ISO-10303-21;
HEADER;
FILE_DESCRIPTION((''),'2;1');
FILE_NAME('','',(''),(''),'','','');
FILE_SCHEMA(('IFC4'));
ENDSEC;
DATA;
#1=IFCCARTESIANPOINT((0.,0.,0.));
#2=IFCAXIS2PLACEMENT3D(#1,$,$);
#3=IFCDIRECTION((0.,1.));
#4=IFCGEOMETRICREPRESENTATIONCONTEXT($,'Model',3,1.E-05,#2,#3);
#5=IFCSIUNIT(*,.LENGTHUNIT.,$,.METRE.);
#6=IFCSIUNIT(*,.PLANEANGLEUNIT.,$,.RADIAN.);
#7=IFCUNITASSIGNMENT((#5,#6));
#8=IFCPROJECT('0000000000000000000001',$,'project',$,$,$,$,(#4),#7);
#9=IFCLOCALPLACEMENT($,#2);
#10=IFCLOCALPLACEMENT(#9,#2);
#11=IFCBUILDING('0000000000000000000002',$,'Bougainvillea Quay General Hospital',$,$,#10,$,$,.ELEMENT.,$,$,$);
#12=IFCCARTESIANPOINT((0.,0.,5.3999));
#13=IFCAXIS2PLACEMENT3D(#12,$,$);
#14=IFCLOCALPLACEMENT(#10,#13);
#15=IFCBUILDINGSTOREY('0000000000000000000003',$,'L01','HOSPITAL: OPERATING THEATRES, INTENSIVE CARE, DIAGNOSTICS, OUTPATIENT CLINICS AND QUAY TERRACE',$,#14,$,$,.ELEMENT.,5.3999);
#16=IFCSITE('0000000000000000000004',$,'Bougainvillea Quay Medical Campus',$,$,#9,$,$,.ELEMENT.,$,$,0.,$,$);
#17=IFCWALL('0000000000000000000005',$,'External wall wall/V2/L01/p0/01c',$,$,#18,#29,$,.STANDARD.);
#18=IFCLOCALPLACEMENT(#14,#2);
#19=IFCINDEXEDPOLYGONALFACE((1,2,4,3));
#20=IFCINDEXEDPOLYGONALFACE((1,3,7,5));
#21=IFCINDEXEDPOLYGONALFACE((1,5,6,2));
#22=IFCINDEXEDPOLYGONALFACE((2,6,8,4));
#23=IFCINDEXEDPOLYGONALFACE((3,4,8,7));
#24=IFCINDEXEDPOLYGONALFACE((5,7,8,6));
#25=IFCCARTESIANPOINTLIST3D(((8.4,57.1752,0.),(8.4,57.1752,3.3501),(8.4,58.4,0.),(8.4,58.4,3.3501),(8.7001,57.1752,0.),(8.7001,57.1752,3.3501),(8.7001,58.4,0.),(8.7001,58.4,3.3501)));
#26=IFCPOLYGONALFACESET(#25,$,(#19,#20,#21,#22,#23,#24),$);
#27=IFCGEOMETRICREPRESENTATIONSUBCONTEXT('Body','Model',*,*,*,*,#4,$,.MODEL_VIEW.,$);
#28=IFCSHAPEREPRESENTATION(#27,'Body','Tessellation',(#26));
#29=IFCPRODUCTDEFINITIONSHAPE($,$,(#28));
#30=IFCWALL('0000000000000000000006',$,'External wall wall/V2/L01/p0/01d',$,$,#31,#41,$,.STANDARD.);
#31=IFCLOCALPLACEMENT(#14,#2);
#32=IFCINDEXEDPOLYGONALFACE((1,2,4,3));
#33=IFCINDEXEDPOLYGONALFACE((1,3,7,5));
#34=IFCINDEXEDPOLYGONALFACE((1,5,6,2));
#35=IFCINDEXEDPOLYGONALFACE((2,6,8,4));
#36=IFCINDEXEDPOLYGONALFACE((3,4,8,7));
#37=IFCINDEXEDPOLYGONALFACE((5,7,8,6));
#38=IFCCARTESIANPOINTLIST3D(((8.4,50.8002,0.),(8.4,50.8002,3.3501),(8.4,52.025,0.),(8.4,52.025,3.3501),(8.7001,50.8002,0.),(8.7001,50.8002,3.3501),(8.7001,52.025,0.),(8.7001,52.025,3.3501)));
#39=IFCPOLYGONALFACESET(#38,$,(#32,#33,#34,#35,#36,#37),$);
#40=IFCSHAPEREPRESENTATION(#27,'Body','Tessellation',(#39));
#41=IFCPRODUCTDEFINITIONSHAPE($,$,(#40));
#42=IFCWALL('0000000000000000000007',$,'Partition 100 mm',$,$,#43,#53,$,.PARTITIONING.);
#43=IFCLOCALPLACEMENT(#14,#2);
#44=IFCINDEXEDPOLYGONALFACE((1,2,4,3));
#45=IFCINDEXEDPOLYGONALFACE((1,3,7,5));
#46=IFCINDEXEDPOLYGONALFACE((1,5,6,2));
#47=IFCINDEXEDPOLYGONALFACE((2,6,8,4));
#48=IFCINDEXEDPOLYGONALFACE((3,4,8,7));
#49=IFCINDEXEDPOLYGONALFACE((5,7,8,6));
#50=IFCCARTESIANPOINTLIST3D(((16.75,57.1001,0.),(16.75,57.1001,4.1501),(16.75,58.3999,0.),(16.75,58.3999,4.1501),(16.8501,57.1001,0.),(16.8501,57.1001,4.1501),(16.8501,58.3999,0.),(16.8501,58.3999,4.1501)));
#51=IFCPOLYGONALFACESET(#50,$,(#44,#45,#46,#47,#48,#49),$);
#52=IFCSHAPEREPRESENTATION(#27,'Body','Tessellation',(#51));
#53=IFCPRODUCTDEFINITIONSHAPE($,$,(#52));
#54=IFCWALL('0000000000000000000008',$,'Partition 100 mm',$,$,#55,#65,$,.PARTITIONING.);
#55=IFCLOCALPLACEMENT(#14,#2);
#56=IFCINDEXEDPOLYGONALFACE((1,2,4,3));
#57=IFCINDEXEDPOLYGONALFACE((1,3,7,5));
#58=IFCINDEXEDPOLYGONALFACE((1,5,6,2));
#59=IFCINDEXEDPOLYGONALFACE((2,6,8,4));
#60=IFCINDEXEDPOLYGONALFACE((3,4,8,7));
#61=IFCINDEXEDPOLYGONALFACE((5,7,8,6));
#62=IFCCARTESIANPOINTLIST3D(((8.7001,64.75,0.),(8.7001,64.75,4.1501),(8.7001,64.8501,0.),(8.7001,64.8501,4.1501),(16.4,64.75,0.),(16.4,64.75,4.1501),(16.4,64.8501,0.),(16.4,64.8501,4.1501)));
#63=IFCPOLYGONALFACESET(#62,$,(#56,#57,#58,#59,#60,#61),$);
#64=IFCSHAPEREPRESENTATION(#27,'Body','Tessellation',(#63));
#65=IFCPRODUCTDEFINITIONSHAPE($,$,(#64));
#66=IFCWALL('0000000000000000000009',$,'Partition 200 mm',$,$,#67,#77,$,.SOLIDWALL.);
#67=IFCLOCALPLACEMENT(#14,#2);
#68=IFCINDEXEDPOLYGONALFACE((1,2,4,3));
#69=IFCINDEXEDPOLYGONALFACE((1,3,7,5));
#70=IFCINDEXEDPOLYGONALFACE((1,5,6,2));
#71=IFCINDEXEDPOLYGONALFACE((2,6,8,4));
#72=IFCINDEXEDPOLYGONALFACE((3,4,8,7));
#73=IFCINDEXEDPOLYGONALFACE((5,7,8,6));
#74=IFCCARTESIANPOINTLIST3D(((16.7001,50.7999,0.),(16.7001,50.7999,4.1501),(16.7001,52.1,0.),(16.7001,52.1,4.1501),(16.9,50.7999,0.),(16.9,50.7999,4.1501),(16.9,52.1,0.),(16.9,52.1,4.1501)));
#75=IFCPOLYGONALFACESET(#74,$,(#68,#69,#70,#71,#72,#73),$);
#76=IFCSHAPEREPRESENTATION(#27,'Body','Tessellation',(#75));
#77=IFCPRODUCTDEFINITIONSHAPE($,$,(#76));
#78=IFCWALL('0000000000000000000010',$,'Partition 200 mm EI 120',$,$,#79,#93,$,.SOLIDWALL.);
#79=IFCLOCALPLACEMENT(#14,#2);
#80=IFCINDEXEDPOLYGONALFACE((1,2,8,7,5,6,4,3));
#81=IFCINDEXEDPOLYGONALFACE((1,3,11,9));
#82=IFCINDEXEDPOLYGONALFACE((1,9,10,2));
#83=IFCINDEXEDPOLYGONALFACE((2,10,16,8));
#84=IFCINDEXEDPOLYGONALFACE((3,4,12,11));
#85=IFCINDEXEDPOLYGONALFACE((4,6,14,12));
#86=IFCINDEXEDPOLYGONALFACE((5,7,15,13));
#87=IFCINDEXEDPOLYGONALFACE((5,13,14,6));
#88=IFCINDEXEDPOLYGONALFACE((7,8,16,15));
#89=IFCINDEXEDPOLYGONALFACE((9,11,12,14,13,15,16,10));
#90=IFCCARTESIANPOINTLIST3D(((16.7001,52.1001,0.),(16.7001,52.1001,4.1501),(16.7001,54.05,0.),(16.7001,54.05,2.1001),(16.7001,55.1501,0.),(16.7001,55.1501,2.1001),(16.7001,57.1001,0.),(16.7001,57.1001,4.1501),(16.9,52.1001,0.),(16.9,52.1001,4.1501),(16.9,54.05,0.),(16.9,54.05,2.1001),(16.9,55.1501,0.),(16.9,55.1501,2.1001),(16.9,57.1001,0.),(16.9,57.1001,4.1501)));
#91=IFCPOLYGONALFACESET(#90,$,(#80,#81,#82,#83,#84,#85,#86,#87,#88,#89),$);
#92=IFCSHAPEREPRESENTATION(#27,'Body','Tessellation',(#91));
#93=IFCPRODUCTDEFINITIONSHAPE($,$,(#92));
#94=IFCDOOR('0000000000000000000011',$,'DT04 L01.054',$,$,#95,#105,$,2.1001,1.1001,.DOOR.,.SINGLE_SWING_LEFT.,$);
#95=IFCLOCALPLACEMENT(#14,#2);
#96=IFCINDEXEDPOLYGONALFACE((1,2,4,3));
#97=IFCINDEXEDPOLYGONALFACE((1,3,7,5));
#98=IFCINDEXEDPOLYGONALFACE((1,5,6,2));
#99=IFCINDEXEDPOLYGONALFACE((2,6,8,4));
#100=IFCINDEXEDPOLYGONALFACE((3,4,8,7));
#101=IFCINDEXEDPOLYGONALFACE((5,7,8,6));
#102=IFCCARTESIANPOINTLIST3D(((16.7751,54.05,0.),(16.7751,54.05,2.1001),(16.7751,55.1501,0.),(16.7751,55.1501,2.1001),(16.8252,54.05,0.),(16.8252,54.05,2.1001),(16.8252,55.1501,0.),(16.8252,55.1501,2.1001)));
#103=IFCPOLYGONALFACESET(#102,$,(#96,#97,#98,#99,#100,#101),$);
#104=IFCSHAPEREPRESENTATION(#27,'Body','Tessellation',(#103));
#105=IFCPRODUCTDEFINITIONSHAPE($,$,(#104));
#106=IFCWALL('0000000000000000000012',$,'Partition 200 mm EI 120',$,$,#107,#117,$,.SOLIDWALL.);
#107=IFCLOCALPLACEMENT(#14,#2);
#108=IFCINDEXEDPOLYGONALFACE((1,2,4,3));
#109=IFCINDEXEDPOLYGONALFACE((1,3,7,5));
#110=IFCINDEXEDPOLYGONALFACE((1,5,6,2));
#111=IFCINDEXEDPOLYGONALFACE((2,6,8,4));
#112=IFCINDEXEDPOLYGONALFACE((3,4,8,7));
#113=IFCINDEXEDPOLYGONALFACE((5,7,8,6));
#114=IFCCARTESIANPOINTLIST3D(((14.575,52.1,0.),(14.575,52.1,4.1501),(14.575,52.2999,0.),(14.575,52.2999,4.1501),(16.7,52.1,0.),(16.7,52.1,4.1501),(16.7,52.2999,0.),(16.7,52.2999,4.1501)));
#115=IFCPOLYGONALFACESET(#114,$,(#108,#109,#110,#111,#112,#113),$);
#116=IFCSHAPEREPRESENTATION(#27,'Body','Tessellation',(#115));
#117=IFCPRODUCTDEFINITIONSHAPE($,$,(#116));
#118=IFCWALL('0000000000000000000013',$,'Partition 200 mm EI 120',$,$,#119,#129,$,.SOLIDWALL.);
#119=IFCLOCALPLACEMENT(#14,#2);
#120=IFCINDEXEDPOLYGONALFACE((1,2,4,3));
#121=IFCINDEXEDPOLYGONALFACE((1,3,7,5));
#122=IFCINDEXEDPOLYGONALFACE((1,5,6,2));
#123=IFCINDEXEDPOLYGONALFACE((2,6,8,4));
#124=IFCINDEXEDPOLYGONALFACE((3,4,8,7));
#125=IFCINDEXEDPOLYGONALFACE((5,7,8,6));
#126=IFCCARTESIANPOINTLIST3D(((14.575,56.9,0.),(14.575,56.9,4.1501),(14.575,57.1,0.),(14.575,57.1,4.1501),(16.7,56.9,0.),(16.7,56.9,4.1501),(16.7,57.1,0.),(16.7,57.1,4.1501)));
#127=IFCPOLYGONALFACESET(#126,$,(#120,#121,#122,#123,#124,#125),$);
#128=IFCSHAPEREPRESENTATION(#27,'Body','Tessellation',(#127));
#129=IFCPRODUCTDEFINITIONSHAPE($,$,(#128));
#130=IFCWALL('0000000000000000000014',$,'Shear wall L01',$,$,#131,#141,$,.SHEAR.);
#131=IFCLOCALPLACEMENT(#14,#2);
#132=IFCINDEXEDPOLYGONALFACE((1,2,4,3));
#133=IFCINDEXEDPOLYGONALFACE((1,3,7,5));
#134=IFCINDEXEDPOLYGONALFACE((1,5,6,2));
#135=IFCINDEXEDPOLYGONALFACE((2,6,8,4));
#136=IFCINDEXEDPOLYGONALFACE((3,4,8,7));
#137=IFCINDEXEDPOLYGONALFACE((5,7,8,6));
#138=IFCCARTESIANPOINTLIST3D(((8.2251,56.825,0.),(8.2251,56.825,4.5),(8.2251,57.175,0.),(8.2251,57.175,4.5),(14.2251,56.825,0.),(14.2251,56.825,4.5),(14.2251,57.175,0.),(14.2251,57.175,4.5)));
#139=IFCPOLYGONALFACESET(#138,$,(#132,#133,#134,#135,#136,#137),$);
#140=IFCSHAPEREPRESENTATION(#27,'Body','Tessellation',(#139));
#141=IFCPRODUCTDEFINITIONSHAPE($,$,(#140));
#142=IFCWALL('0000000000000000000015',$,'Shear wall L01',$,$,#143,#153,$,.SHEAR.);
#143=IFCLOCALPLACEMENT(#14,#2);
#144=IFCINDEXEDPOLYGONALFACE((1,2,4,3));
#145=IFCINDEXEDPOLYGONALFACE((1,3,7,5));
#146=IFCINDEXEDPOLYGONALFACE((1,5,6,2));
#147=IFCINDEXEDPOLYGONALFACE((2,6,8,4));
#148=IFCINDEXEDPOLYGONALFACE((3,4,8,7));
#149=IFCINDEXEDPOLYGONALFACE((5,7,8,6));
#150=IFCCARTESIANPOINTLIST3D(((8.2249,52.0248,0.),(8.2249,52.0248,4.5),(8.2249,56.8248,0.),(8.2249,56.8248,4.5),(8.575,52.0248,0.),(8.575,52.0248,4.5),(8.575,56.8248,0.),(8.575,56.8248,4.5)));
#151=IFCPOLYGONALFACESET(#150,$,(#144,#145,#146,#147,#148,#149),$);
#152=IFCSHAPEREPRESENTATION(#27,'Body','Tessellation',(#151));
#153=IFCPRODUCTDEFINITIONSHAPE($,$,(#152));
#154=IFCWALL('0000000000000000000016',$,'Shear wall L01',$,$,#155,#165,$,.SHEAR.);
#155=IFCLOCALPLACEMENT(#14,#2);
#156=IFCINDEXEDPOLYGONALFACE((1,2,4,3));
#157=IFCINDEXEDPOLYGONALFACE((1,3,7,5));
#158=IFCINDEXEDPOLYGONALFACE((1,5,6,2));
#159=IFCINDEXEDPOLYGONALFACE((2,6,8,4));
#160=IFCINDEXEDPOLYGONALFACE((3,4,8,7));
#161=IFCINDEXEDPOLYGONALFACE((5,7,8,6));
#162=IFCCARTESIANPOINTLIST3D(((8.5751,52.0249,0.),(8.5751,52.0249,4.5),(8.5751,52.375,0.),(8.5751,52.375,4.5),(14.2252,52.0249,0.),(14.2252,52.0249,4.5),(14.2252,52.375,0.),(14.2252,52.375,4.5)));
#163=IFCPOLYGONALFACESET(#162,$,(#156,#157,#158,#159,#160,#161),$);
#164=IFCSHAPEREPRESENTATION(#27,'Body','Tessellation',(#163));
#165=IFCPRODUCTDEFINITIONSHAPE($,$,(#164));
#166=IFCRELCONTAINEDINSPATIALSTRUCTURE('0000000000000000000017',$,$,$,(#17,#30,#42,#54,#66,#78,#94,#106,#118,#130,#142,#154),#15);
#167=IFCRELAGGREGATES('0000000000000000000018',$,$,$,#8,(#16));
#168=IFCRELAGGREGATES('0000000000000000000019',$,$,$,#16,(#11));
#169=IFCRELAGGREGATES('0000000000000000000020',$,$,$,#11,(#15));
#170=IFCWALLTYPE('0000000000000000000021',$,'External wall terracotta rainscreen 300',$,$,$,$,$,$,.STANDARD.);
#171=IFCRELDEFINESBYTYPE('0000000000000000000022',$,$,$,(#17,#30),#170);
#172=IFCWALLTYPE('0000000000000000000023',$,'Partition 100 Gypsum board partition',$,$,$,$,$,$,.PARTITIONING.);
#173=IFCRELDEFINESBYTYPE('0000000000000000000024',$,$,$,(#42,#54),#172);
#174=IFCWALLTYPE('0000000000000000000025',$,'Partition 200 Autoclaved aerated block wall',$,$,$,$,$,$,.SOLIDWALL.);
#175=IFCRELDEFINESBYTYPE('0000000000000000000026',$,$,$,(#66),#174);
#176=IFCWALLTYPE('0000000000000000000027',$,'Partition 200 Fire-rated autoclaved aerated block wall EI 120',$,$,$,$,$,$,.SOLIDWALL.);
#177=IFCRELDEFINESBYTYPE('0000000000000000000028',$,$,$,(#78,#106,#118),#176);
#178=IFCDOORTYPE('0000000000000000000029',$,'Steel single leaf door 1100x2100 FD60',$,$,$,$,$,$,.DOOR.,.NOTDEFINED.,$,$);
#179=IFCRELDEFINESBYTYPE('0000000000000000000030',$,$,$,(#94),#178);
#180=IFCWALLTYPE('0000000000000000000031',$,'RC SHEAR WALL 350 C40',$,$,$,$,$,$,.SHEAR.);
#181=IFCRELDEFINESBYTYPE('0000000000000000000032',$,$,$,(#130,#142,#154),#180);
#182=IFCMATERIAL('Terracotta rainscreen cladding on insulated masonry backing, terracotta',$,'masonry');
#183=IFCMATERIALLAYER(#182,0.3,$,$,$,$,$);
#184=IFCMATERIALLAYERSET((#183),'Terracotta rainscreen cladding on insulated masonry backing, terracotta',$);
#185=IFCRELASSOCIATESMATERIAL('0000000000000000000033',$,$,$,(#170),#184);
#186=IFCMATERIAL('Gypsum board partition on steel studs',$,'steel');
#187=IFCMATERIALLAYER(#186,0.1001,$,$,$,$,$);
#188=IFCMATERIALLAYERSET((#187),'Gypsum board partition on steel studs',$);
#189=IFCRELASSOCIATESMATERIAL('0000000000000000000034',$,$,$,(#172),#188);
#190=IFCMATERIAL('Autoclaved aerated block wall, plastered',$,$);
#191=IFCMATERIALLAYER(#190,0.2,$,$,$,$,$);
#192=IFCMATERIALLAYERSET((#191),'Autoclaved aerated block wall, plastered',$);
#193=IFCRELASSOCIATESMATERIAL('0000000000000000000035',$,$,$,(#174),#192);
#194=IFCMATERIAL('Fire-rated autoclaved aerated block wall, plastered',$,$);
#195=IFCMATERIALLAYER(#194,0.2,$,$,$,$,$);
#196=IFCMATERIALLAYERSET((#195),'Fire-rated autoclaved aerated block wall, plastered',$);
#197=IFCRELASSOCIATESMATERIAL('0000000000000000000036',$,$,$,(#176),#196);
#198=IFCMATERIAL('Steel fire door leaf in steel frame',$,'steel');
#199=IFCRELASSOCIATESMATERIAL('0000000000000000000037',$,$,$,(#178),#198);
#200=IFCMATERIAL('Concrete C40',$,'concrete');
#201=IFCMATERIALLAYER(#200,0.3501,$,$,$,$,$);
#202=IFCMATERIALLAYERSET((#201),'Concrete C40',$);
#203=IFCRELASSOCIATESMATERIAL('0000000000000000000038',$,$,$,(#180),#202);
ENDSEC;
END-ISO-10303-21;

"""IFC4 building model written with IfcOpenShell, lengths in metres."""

from ifc_helpers import new_model, si_unit, direction, frame, frame_2d, origin, place, context, subcontext, project, spatial, rectangle, extrude, material, layer, layer_set, type_object, element, fill, save


model = new_model("IFC4")

# Units and contexts
model_context = context("Model", 3, precision=1e-05, world=origin(), true_north=direction((0.0, 1.0)))
body_context = subcontext(model_context, "Body", "Model", "MODEL_VIEW")
ifc_project = project(units=[si_unit("LENGTHUNIT", "METRE"), si_unit("PLANEANGLEUNIT", "RADIAN")], contexts=[model_context])

# Site, building, storey
site_placement = place(None, origin())
site = spatial("IfcSite", under=ifc_project, at=site_placement, Name="Bougainvillea Quay Medical Campus", CompositionType="ELEMENT", RefElevation=0.0)
building_placement = place(site_placement, origin())
building = spatial("IfcBuilding", under=site, at=building_placement, Name="Bougainvillea Quay General Hospital", CompositionType="ELEMENT")
storey_placement = place(building_placement, frame((0.0, 0.0, 5.3999)))
storey = spatial("IfcBuildingStorey", under=building, at=storey_placement, Name="L01", Description="HOSPITAL: OPERATING THEATRES, INTENSIVE CARE, DIAGNOSTICS, OUTPATIENT CLINICS AND QUAY TERRACE", CompositionType="ELEMENT", Elevation=5.3999)

# Shared definitions
ifc_material_1 = material(Name="Concrete C40", Category="concrete")

# Walls
ifc_material_2 = material(Name="Terracotta rainscreen cladding on insulated masonry backing, terracotta", Category="masonry")
ifc_layer_1 = layer(ifc_material_2, 0.3)
ifc_layer_set_1 = layer_set([ifc_layer_1], Name="Terracotta rainscreen cladding on insulated masonry backing, terracotta")
wall_type_1 = type_object("IfcWallType", Name="External wall terracotta rainscreen 300", PredefinedType="STANDARD", material=ifc_layer_set_1)
for number, where, z_axis, x_axis, name in (
    (1, (8.55, 58.3999, 0.0), (0.0, 0.0, 1.0), (0.0, -1.0, 0.0), "External wall wall/V2/L01/p0/01c"),
    (2, (8.55, 52.0249, 0.0), (0.0, 0.0, 1.0), (0.0, -1.0, 0.0), "External wall wall/V2/L01/p0/01d"),
):
    element("IfcWall", number, at=place(storey_placement, frame(where, z_axis=z_axis, x_axis=x_axis)), inside=storey, type_object=wall_type_1, Name=name, PredefinedType="STANDARD", context=body_context, shape_type="SweptSolid", body=[
        extrude(rectangle(XDim=1.2249, YDim=0.3, at=frame_2d((0.6123, 0.0))), origin(), (0.0, 0.0, 1.0), 3.3501),
    ])
ifc_material_3 = material(Name="Gypsum board partition on steel studs", Category="steel")
ifc_layer_2 = layer(ifc_material_3, 0.1001)
ifc_layer_set_2 = layer_set([ifc_layer_2], Name="Gypsum board partition on steel studs")
wall_type_2 = type_object("IfcWallType", Name="Partition 100 Gypsum board partition", PredefinedType="PARTITIONING", material=ifc_layer_set_2)
wall_1_placement = place(storey_placement, frame((16.8, 58.3999, 0.0), z_axis=(0.0, 0.0, 1.0), x_axis=(0.0, -1.0, 0.0)))
element("IfcWall", 3, at=wall_1_placement, inside=storey, type_object=wall_type_2, Name="Partition 100 mm", PredefinedType="PARTITIONING", context=body_context, shape_type="SweptSolid", body=[
    extrude(rectangle(XDim=1.2998, YDim=0.1001, at=frame_2d((0.6499, 0.0))), origin(), (0.0, 0.0, 1.0), 4.1501),
])
wall_2_placement = place(storey_placement, frame((8.7, 64.8, 0.0), z_axis=(0.0, 0.0, 1.0), x_axis=(1.0, 0.0, 0.0)))
element("IfcWall", 4, at=wall_2_placement, inside=storey, type_object=wall_type_2, Name="Partition 100 mm", PredefinedType="PARTITIONING", context=body_context, shape_type="SweptSolid", body=[
    extrude(rectangle(XDim=7.7, YDim=0.1001, at=frame_2d((3.8501, 0.0))), origin(), (0.0, 0.0, 1.0), 4.1501),
])
ifc_material_4 = material(Name="Autoclaved aerated block wall, plastered")
ifc_layer_3 = layer(ifc_material_4, 0.2)
ifc_layer_set_3 = layer_set([ifc_layer_3], Name="Autoclaved aerated block wall, plastered")
wall_type_3 = type_object("IfcWallType", Name="Partition 200 Autoclaved aerated block wall", PredefinedType="SOLIDWALL", material=ifc_layer_set_3)
wall_3_placement = place(storey_placement, frame((16.8, 50.8, 0.0), z_axis=(0.0, 0.0, 1.0), x_axis=(0.0, 1.0, 0.0)))
element("IfcWall", 5, at=wall_3_placement, inside=storey, type_object=wall_type_3, Name="Partition 200 mm", PredefinedType="SOLIDWALL", context=body_context, shape_type="SweptSolid", body=[
    extrude(rectangle(XDim=1.3, YDim=0.2, at=frame_2d((0.6499, 0.0))), origin(), (0.0, 0.0, 1.0), 4.1501),
])

# Wall, opening, door
ifc_material_5 = material(Name="Fire-rated autoclaved aerated block wall, plastered")
ifc_layer_4 = layer(ifc_material_5, 0.2)
ifc_layer_set_4 = layer_set([ifc_layer_4], Name="Fire-rated autoclaved aerated block wall, plastered")
wall_type_4 = type_object("IfcWallType", Name="Partition 200 Fire-rated autoclaved aerated block wall EI 120", PredefinedType="SOLIDWALL", material=ifc_layer_set_4)
wall_4_placement = place(storey_placement, frame((16.8, 52.1001, 0.0), z_axis=(0.0, 0.0, 1.0), x_axis=(0.0, 1.0, 0.0)))
wall_4 = element("IfcWall", 6, at=wall_4_placement, inside=storey, type_object=wall_type_4, Name="Partition 200 mm EI 120", PredefinedType="SOLIDWALL", context=body_context, shape_type="SweptSolid", body=[
    extrude(rectangle(XDim=5.0, YDim=0.2, at=frame_2d((2.5, 0.0))), origin(), (0.0, 0.0, 1.0), 4.1501),
])
opening_1_placement = place(wall_4_placement, frame((1.95, 0.0, 0.0)))
opening_1 = element("IfcOpeningElement", 7, at=opening_1_placement, cuts=wall_4, PredefinedType="OPENING", context=body_context, shape_type="SweptSolid", body=[
    extrude(rectangle(XDim=1.1001, YDim=2.1001, at=frame_2d((0.55, 1.05))), frame((0.0, 0.1099, 0.0), z_axis=(0.0, -1.0, 0.0), x_axis=(1.0, 0.0, 0.0)), (0.0, 0.0, 1.0), 0.22),
])
ifc_material_6 = material(Name="Steel fire door leaf in steel frame", Category="steel")
door_type = type_object("IfcDoorType", Name="Steel single leaf door 1100x2100 FD60", OperationType="NOTDEFINED", PredefinedType="DOOR", material=ifc_material_6)
door_1_placement = place(opening_1_placement, origin())
door_1 = element("IfcDoor", 8, at=door_1_placement, inside=storey, type_object=door_type, Name="DT04 L01.054", OperationType="SINGLE_SWING_LEFT", OverallHeight=2.1001, OverallWidth=1.1001, PredefinedType="DOOR", context=body_context, shape_type="SweptSolid", body=[
    extrude(rectangle(XDim=1.1001, YDim=2.1001, at=frame_2d((0.55, 1.05))), frame((0.0, 0.0249, 0.0), z_axis=(0.0, -1.0, 0.0), x_axis=(1.0, 0.0, 0.0)), (0.0, 0.0, 1.0), 0.05),
])
fill(opening_1, door_1)

# Walls
for number, where, z_axis, x_axis, name in (
    (9, (14.575, 52.2, 0.0), (0.0, 0.0, 1.0), (1.0, 0.0, 0.0), "Partition 200 mm EI 120"),
    (10, (14.575, 57.0, 0.0), (0.0, 0.0, 1.0), (1.0, 0.0, 0.0), "Partition 200 mm EI 120"),
):
    element("IfcWall", number, at=place(storey_placement, frame(where, z_axis=z_axis, x_axis=x_axis)), inside=storey, type_object=wall_type_4, Name=name, PredefinedType="SOLIDWALL", context=body_context, shape_type="SweptSolid", body=[
        extrude(rectangle(XDim=2.125, YDim=0.2, at=frame_2d((1.0625, 0.0))), origin(), (0.0, 0.0, 1.0), 4.1501),
    ])
ifc_layer_5 = layer(ifc_material_1, 0.3501)
ifc_layer_set_5 = layer_set([ifc_layer_5], Name="Concrete C40")
wall_type_5 = type_object("IfcWallType", Name="RC SHEAR WALL 350 C40", PredefinedType="SHEAR", material=ifc_layer_set_5)
wall_5_placement = place(storey_placement, frame((8.2251, 57.0, 0.0), z_axis=(0.0, 0.0, 1.0), x_axis=(1.0, 0.0, 0.0)))
element("IfcWall", 11, at=wall_5_placement, inside=storey, type_object=wall_type_5, Name="Shear wall L01", PredefinedType="SHEAR", context=body_context, shape_type="SweptSolid", body=[
    extrude(rectangle(XDim=6.0, YDim=0.3501, at=frame_2d((3.0, 0.0))), origin(), (0.0, 0.0, 1.0), 4.5),
])
wall_6_placement = place(storey_placement, frame((8.3999, 52.0249, 0.0), z_axis=(0.0, 0.0, 1.0), x_axis=(0.0, 1.0, 0.0)))
element("IfcWall", 12, at=wall_6_placement, inside=storey, type_object=wall_type_5, Name="Shear wall L01", PredefinedType="SHEAR", context=body_context, shape_type="SweptSolid", body=[
    extrude(rectangle(XDim=4.8, YDim=0.3501, at=frame_2d((2.3999, 0.0))), origin(), (0.0, 0.0, 1.0), 4.5),
])
wall_7_placement = place(storey_placement, frame((8.575, 52.2, 0.0), z_axis=(0.0, 0.0, 1.0), x_axis=(1.0, 0.0, 0.0)))
element("IfcWall", 13, at=wall_7_placement, inside=storey, type_object=wall_type_5, Name="Shear wall L01", PredefinedType="SHEAR", context=body_context, shape_type="SweptSolid", body=[
    extrude(rectangle(XDim=5.6501, YDim=0.3501, at=frame_2d((2.8252, 0.0))), origin(), (0.0, 0.0, 1.0), 4.5),
])

save(model, "model.ifc")
